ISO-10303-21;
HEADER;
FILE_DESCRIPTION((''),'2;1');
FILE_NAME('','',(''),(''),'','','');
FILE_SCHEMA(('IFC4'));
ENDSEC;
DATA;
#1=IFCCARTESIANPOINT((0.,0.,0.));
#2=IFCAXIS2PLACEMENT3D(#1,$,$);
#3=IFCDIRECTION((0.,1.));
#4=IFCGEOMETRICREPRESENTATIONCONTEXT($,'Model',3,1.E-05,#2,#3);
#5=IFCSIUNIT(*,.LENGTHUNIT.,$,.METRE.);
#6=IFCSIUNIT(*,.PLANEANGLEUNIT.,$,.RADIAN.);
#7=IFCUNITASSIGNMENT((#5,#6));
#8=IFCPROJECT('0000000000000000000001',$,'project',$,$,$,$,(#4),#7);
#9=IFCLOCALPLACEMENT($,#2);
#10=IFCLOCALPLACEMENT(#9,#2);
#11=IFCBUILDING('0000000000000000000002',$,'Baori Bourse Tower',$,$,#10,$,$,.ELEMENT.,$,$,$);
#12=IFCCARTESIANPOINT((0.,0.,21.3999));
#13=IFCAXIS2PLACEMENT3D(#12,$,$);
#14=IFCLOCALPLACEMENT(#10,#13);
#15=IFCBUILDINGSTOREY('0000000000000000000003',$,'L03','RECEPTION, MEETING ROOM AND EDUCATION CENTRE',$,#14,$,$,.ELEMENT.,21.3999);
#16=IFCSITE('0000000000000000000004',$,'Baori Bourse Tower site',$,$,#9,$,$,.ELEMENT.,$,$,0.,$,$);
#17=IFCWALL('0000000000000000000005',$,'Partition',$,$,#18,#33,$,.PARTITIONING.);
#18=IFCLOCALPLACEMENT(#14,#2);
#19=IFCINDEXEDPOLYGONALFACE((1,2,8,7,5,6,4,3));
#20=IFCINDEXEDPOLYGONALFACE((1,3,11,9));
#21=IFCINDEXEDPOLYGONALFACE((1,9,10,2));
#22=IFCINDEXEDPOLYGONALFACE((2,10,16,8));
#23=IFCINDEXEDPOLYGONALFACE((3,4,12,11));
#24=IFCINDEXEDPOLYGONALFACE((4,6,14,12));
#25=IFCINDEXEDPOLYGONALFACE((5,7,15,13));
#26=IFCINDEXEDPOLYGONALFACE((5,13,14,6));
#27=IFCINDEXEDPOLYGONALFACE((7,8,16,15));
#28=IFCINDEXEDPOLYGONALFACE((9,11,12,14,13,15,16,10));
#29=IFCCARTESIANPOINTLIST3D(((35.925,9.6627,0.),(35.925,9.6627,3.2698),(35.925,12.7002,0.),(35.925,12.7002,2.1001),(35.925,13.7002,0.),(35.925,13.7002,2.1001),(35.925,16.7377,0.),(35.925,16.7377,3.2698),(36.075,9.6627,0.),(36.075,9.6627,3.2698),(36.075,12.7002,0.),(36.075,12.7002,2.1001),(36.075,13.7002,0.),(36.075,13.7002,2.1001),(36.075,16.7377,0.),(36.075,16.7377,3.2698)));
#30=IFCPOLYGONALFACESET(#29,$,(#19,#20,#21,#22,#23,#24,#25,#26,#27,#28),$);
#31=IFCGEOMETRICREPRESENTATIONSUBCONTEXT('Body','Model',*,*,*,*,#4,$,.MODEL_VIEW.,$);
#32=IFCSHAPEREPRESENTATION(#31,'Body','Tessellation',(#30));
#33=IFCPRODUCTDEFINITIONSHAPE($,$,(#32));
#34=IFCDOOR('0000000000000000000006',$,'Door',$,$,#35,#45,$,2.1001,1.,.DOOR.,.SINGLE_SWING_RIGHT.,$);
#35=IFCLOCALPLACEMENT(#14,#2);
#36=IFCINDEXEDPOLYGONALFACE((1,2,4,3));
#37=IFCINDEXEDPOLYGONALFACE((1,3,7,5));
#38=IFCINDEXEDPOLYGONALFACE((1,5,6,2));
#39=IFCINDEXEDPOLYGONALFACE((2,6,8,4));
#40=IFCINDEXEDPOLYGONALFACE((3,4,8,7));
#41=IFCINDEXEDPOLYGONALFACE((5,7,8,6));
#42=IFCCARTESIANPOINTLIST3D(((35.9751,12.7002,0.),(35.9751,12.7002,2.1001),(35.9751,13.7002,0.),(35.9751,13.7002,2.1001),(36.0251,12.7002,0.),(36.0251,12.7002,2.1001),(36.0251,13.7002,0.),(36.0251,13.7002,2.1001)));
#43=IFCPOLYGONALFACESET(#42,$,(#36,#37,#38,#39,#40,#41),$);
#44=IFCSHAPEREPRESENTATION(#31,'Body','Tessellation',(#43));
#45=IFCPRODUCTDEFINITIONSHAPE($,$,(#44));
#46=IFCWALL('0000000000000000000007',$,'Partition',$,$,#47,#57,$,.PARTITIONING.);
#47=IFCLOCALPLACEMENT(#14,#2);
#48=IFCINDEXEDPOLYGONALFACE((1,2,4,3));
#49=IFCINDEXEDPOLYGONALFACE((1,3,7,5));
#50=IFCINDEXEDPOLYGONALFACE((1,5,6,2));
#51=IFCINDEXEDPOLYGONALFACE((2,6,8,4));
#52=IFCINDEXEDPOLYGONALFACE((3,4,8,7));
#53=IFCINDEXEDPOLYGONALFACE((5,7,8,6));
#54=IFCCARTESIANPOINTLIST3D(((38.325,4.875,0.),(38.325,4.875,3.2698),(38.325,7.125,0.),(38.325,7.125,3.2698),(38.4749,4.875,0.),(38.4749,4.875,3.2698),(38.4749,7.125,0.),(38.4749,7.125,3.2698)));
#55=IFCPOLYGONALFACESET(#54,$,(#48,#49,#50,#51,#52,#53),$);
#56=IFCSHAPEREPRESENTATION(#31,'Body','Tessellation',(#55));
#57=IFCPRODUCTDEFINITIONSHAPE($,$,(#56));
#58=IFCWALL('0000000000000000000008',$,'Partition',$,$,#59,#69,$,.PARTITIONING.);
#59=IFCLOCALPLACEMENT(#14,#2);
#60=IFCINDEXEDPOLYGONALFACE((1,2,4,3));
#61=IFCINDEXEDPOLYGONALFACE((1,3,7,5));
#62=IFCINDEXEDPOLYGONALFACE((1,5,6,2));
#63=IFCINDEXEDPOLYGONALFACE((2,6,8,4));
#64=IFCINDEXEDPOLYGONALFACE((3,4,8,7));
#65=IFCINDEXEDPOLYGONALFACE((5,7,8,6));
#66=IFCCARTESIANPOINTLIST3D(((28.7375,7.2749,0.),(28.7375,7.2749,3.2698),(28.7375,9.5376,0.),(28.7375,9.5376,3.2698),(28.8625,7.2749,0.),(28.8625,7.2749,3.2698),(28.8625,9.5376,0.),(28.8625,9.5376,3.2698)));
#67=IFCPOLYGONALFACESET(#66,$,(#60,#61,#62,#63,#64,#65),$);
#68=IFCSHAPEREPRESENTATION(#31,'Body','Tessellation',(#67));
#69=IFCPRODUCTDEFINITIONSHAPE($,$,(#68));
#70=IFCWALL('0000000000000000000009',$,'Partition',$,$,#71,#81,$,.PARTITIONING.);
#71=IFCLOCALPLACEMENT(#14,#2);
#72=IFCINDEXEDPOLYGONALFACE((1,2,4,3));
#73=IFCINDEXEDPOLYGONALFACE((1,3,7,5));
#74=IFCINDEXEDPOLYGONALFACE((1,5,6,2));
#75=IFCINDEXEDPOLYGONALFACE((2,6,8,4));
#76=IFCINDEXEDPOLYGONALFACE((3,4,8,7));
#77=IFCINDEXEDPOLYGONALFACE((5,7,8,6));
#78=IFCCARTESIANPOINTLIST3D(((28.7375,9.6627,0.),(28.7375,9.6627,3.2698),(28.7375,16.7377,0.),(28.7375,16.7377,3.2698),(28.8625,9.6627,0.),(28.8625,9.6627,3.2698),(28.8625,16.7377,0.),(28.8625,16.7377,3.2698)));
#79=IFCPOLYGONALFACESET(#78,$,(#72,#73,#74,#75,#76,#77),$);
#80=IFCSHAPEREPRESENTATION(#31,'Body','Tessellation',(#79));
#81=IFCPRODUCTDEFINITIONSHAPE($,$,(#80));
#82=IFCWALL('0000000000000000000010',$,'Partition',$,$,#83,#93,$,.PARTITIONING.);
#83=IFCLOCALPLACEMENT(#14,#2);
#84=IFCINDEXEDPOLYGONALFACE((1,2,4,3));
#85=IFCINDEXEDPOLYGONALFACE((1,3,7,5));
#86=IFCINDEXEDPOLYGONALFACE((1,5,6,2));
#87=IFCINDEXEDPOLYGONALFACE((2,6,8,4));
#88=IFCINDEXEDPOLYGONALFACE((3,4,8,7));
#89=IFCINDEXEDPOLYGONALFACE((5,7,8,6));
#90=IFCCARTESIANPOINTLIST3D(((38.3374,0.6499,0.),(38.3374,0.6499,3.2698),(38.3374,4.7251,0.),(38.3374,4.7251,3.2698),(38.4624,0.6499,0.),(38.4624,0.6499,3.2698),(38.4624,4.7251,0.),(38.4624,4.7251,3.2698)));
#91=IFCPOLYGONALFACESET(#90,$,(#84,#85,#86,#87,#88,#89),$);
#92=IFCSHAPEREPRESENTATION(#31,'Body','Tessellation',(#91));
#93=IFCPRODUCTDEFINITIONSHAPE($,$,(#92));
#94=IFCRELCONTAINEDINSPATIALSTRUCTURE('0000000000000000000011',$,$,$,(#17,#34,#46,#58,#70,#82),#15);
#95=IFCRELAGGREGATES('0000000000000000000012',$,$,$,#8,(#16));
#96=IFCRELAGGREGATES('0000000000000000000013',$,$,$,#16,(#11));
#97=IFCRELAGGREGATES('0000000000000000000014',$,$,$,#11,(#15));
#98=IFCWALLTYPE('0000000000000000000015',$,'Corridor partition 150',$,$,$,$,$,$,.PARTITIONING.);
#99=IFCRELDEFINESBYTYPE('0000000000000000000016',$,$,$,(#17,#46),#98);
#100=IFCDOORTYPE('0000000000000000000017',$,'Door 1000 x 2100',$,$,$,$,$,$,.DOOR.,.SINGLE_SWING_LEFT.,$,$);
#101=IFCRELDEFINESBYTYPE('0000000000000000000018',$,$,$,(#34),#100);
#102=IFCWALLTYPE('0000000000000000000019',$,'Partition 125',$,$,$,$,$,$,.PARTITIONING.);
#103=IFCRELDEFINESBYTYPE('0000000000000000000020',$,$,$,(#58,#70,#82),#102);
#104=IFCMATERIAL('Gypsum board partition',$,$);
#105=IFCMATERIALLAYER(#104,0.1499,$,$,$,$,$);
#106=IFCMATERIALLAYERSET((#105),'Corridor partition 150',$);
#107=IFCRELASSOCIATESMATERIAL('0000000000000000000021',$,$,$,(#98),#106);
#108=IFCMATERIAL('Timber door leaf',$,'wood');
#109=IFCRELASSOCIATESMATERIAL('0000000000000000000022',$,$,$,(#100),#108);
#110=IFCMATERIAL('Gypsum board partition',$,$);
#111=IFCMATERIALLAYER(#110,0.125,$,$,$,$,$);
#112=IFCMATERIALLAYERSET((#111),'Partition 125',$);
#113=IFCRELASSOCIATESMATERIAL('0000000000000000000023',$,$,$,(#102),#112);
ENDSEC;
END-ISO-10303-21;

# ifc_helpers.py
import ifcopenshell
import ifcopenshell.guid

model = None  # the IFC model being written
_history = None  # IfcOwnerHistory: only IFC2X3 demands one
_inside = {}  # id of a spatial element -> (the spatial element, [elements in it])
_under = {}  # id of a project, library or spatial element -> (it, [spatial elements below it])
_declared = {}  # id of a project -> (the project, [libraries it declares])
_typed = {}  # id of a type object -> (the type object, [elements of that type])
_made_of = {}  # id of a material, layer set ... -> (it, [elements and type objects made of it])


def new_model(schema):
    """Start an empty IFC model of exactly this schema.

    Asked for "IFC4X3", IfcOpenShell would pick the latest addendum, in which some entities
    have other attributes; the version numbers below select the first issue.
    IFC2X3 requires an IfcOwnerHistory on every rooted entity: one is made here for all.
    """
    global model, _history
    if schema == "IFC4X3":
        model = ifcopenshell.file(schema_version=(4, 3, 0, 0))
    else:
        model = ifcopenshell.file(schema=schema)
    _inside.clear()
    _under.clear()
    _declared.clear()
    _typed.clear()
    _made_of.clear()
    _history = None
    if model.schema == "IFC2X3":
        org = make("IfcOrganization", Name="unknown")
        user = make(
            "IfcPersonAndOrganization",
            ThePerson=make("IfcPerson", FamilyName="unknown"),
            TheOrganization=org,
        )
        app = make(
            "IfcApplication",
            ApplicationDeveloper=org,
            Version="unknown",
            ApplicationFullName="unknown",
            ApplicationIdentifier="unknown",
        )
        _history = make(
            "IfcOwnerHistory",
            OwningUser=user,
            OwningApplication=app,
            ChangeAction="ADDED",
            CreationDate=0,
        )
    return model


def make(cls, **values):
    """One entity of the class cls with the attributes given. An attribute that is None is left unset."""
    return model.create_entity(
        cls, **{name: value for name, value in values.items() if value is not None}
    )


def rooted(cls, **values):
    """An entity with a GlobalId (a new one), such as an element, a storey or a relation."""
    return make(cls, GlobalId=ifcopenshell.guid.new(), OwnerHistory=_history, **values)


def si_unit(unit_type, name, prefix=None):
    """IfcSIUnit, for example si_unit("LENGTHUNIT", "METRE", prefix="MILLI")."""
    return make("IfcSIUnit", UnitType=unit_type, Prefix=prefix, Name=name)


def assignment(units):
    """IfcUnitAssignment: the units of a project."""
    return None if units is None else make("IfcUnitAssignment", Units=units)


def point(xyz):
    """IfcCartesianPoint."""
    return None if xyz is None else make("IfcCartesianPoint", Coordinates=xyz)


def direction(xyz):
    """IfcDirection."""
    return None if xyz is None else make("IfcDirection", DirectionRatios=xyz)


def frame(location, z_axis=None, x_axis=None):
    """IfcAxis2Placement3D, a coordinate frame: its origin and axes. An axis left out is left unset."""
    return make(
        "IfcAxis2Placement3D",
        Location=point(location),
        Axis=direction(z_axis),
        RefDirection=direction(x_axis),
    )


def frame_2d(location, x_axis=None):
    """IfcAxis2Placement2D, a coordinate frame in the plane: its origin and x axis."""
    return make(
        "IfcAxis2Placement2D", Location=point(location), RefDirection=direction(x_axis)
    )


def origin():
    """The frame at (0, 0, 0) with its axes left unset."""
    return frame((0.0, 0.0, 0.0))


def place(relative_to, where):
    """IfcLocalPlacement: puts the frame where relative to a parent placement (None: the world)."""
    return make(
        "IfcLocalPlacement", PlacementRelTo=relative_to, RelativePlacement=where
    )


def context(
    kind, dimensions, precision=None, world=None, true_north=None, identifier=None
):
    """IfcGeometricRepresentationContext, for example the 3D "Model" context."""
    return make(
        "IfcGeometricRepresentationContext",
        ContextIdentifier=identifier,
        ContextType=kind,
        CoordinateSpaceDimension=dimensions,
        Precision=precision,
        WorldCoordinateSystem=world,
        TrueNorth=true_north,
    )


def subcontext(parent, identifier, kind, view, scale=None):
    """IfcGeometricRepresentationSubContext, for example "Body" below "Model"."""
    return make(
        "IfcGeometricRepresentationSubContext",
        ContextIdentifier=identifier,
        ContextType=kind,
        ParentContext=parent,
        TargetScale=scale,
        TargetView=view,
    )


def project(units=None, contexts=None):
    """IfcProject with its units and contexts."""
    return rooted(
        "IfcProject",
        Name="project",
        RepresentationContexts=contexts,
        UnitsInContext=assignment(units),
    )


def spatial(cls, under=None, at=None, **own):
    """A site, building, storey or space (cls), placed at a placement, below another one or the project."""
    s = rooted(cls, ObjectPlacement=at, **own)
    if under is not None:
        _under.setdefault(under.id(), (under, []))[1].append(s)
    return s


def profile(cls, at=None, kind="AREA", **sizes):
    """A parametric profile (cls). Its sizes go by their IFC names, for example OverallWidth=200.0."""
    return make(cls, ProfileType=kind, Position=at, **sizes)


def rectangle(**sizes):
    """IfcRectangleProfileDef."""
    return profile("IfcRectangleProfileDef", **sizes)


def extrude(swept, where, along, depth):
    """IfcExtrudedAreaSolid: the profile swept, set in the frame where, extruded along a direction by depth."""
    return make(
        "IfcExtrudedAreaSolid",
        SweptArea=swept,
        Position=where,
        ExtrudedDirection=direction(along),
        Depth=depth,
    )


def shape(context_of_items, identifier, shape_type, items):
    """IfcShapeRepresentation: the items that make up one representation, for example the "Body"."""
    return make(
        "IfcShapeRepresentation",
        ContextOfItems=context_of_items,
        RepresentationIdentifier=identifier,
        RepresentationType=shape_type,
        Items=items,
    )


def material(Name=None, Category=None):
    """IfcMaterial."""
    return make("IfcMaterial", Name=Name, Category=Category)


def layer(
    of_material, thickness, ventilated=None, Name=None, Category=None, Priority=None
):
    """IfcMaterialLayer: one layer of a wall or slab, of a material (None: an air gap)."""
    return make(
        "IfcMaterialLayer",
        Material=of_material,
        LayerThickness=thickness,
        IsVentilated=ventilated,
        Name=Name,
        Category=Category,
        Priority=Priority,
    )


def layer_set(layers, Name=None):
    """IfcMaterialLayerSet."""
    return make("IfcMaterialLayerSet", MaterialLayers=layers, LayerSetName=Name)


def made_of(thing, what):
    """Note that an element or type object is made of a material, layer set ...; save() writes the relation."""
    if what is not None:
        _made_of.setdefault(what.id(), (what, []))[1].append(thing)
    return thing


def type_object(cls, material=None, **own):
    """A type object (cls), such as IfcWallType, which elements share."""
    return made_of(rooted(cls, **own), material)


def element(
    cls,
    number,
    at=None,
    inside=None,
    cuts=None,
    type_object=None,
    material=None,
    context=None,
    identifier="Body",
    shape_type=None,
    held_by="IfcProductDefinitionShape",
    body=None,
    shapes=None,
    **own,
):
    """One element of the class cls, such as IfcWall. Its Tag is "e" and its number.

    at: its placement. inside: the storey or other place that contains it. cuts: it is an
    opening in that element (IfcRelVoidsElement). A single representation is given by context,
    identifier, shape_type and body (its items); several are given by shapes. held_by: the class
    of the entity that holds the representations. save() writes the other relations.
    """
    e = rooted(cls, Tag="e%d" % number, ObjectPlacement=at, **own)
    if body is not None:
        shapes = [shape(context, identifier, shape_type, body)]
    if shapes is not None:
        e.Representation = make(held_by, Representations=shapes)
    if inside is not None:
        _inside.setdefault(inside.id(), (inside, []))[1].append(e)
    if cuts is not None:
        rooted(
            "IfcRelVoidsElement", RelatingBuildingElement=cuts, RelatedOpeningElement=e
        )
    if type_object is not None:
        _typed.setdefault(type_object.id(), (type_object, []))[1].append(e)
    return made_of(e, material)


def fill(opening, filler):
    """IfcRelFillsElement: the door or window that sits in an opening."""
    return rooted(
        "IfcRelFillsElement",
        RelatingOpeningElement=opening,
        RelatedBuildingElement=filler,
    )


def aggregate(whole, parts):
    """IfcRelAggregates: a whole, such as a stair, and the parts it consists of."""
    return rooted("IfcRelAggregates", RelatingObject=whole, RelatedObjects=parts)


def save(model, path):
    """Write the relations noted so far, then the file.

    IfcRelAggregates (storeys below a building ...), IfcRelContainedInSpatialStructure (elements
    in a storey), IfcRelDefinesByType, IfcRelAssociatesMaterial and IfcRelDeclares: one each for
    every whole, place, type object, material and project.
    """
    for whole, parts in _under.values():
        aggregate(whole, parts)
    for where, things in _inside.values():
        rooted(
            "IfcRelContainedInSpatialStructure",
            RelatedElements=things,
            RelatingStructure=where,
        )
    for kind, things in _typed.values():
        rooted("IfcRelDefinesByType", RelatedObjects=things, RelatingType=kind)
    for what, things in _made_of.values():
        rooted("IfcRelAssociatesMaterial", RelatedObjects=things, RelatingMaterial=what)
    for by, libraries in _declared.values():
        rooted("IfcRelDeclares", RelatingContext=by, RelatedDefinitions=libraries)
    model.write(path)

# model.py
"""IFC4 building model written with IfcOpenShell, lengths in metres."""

from ifc_helpers import new_model, si_unit, direction, frame, frame_2d, origin, place, context, subcontext, project, spatial, rectangle, extrude, material, layer, layer_set, type_object, element, fill, save


model = new_model("IFC4")

# Units and contexts
model_context = context("Model", 3, precision=1e-05, world=origin(), true_north=direction((0.0, 1.0)))
body_context = subcontext(model_context, "Body", "Model", "MODEL_VIEW")
ifc_project = project(units=[si_unit("LENGTHUNIT", "METRE"), si_unit("PLANEANGLEUNIT", "RADIAN")], contexts=[model_context])

# Site, building, storey
site_placement = place(None, origin())
site = spatial("IfcSite", under=ifc_project, at=site_placement, Name="Baori Bourse Tower site", CompositionType="ELEMENT", RefElevation=0.0)
building_placement = place(site_placement, origin())
building = spatial("IfcBuilding", under=site, at=building_placement, Name="Baori Bourse Tower", CompositionType="ELEMENT")
storey_placement = place(building_placement, frame((0.0, 0.0, 21.3999)))
storey = spatial("IfcBuildingStorey", under=building, at=storey_placement, Name="L03", Description="RECEPTION, MEETING ROOM AND EDUCATION CENTRE", CompositionType="ELEMENT", Elevation=21.3999)

# Shared definitions
ifc_material_1 = material(Name="Gypsum board partition")
ifc_layer_1 = layer(ifc_material_1, 0.1499)
ifc_layer_set_1 = layer_set([ifc_layer_1], Name="Corridor partition 150")
wall_type_1 = type_object("IfcWallType", Name="Corridor partition 150", PredefinedType="PARTITIONING", material=ifc_layer_set_1)
ifc_material_2 = material(Name="Timber door leaf", Category="wood")
door_type_1 = type_object("IfcDoorType", Name="Door 1000 x 2100", OperationType="SINGLE_SWING_LEFT", PredefinedType="DOOR", material=ifc_material_2)

# Wall, opening, door
wall_1_placement = place(storey_placement, frame((36.0, 9.6626, 0.0), z_axis=(0.0, 0.0, 1.0), x_axis=(0.0, 1.0, 0.0)))
wall_1 = element("IfcWall", 1, at=wall_1_placement, inside=storey, type_object=wall_type_1, Name="Partition", PredefinedType="PARTITIONING", context=body_context, shape_type="SweptSolid", body=[
    extrude(rectangle(XDim=7.075, YDim=0.1499, at=frame_2d((3.5376, 0.0))), origin(), (0.0, 0.0, 1.0), 3.2698),
])
opening_1_placement = place(wall_1_placement, frame((3.0376, 0.0, 0.0)))
opening_1 = element("IfcOpeningElement", 2, at=opening_1_placement, cuts=wall_1, PredefinedType="OPENING", context=body_context, shape_type="SweptSolid", body=[
    extrude(rectangle(XDim=1.0, YDim=2.1001, at=frame_2d((0.5, 1.05))), frame((0.0, 0.085, 0.0), z_axis=(0.0, -1.0, 0.0), x_axis=(1.0, 0.0, 0.0)), (0.0, 0.0, 1.0), 0.1699),
])
door_1_placement = place(opening_1_placement, origin())
door_1 = element("IfcDoor", 3, at=door_1_placement, inside=storey, type_object=door_type_1, Name="Door", OperationType="SINGLE_SWING_RIGHT", OverallHeight=2.1001, OverallWidth=1.0, PredefinedType="DOOR", context=body_context, shape_type="SweptSolid", body=[
    extrude(rectangle(XDim=1.0, YDim=2.1001, at=frame_2d((0.5, 1.05))), frame((0.0, 0.0249, 0.0), z_axis=(0.0, -1.0, 0.0), x_axis=(1.0, 0.0, 0.0)), (0.0, 0.0, 1.0), 0.05),
])
fill(opening_1, door_1)

# Walls
wall_2_placement = place(storey_placement, frame((38.3999, 4.875, 0.0), z_axis=(0.0, 0.0, 1.0), x_axis=(0.0, 1.0, 0.0)))
element("IfcWall", 4, at=wall_2_placement, inside=storey, type_object=wall_type_1, Name="Partition", PredefinedType="PARTITIONING", context=body_context, shape_type="SweptSolid", body=[
    extrude(rectangle(XDim=2.25, YDim=0.1499, at=frame_2d((1.125, 0.0))), origin(), (0.0, 0.0, 1.0), 3.2698),
])
ifc_material_3 = material(Name="Gypsum board partition")
ifc_layer_2 = layer(ifc_material_3, 0.125)
ifc_layer_set_2 = layer_set([ifc_layer_2], Name="Partition 125")
wall_type_2 = type_object("IfcWallType", Name="Partition 125", PredefinedType="PARTITIONING", material=ifc_layer_set_2)
wall_3_placement = place(storey_placement, frame((28.8, 7.2749, 0.0), z_axis=(0.0, 0.0, 1.0), x_axis=(0.0, 1.0, 0.0)))
element("IfcWall", 5, at=wall_3_placement, inside=storey, type_object=wall_type_2, Name="Partition", PredefinedType="PARTITIONING", context=body_context, shape_type="SweptSolid", body=[
    extrude(rectangle(XDim=2.2627, YDim=0.125, at=frame_2d((1.1313, 0.0))), origin(), (0.0, 0.0, 1.0), 3.2698),
])
wall_4_placement = place(storey_placement, frame((28.8, 9.6626, 0.0), z_axis=(0.0, 0.0, 1.0), x_axis=(0.0, 1.0, 0.0)))
element("IfcWall", 6, at=wall_4_placement, inside=storey, type_object=wall_type_2, Name="Partition", PredefinedType="PARTITIONING", context=body_context, shape_type="SweptSolid", body=[
    extrude(rectangle(XDim=7.075, YDim=0.125, at=frame_2d((3.5376, 0.0))), origin(), (0.0, 0.0, 1.0), 3.2698),
])
wall_5_placement = place(storey_placement, frame((38.3999, 0.6499, 0.0), z_axis=(0.0, 0.0, 1.0), x_axis=(0.0, 1.0, 0.0)))
element("IfcWall", 7, at=wall_5_placement, inside=storey, type_object=wall_type_2, Name="Partition", PredefinedType="PARTITIONING", context=body_context, shape_type="SweptSolid", body=[
    extrude(rectangle(XDim=4.0752, YDim=0.125, at=frame_2d((2.0376, 0.0))), origin(), (0.0, 0.0, 1.0), 3.2698),
])

save(model, "model.ifc")
